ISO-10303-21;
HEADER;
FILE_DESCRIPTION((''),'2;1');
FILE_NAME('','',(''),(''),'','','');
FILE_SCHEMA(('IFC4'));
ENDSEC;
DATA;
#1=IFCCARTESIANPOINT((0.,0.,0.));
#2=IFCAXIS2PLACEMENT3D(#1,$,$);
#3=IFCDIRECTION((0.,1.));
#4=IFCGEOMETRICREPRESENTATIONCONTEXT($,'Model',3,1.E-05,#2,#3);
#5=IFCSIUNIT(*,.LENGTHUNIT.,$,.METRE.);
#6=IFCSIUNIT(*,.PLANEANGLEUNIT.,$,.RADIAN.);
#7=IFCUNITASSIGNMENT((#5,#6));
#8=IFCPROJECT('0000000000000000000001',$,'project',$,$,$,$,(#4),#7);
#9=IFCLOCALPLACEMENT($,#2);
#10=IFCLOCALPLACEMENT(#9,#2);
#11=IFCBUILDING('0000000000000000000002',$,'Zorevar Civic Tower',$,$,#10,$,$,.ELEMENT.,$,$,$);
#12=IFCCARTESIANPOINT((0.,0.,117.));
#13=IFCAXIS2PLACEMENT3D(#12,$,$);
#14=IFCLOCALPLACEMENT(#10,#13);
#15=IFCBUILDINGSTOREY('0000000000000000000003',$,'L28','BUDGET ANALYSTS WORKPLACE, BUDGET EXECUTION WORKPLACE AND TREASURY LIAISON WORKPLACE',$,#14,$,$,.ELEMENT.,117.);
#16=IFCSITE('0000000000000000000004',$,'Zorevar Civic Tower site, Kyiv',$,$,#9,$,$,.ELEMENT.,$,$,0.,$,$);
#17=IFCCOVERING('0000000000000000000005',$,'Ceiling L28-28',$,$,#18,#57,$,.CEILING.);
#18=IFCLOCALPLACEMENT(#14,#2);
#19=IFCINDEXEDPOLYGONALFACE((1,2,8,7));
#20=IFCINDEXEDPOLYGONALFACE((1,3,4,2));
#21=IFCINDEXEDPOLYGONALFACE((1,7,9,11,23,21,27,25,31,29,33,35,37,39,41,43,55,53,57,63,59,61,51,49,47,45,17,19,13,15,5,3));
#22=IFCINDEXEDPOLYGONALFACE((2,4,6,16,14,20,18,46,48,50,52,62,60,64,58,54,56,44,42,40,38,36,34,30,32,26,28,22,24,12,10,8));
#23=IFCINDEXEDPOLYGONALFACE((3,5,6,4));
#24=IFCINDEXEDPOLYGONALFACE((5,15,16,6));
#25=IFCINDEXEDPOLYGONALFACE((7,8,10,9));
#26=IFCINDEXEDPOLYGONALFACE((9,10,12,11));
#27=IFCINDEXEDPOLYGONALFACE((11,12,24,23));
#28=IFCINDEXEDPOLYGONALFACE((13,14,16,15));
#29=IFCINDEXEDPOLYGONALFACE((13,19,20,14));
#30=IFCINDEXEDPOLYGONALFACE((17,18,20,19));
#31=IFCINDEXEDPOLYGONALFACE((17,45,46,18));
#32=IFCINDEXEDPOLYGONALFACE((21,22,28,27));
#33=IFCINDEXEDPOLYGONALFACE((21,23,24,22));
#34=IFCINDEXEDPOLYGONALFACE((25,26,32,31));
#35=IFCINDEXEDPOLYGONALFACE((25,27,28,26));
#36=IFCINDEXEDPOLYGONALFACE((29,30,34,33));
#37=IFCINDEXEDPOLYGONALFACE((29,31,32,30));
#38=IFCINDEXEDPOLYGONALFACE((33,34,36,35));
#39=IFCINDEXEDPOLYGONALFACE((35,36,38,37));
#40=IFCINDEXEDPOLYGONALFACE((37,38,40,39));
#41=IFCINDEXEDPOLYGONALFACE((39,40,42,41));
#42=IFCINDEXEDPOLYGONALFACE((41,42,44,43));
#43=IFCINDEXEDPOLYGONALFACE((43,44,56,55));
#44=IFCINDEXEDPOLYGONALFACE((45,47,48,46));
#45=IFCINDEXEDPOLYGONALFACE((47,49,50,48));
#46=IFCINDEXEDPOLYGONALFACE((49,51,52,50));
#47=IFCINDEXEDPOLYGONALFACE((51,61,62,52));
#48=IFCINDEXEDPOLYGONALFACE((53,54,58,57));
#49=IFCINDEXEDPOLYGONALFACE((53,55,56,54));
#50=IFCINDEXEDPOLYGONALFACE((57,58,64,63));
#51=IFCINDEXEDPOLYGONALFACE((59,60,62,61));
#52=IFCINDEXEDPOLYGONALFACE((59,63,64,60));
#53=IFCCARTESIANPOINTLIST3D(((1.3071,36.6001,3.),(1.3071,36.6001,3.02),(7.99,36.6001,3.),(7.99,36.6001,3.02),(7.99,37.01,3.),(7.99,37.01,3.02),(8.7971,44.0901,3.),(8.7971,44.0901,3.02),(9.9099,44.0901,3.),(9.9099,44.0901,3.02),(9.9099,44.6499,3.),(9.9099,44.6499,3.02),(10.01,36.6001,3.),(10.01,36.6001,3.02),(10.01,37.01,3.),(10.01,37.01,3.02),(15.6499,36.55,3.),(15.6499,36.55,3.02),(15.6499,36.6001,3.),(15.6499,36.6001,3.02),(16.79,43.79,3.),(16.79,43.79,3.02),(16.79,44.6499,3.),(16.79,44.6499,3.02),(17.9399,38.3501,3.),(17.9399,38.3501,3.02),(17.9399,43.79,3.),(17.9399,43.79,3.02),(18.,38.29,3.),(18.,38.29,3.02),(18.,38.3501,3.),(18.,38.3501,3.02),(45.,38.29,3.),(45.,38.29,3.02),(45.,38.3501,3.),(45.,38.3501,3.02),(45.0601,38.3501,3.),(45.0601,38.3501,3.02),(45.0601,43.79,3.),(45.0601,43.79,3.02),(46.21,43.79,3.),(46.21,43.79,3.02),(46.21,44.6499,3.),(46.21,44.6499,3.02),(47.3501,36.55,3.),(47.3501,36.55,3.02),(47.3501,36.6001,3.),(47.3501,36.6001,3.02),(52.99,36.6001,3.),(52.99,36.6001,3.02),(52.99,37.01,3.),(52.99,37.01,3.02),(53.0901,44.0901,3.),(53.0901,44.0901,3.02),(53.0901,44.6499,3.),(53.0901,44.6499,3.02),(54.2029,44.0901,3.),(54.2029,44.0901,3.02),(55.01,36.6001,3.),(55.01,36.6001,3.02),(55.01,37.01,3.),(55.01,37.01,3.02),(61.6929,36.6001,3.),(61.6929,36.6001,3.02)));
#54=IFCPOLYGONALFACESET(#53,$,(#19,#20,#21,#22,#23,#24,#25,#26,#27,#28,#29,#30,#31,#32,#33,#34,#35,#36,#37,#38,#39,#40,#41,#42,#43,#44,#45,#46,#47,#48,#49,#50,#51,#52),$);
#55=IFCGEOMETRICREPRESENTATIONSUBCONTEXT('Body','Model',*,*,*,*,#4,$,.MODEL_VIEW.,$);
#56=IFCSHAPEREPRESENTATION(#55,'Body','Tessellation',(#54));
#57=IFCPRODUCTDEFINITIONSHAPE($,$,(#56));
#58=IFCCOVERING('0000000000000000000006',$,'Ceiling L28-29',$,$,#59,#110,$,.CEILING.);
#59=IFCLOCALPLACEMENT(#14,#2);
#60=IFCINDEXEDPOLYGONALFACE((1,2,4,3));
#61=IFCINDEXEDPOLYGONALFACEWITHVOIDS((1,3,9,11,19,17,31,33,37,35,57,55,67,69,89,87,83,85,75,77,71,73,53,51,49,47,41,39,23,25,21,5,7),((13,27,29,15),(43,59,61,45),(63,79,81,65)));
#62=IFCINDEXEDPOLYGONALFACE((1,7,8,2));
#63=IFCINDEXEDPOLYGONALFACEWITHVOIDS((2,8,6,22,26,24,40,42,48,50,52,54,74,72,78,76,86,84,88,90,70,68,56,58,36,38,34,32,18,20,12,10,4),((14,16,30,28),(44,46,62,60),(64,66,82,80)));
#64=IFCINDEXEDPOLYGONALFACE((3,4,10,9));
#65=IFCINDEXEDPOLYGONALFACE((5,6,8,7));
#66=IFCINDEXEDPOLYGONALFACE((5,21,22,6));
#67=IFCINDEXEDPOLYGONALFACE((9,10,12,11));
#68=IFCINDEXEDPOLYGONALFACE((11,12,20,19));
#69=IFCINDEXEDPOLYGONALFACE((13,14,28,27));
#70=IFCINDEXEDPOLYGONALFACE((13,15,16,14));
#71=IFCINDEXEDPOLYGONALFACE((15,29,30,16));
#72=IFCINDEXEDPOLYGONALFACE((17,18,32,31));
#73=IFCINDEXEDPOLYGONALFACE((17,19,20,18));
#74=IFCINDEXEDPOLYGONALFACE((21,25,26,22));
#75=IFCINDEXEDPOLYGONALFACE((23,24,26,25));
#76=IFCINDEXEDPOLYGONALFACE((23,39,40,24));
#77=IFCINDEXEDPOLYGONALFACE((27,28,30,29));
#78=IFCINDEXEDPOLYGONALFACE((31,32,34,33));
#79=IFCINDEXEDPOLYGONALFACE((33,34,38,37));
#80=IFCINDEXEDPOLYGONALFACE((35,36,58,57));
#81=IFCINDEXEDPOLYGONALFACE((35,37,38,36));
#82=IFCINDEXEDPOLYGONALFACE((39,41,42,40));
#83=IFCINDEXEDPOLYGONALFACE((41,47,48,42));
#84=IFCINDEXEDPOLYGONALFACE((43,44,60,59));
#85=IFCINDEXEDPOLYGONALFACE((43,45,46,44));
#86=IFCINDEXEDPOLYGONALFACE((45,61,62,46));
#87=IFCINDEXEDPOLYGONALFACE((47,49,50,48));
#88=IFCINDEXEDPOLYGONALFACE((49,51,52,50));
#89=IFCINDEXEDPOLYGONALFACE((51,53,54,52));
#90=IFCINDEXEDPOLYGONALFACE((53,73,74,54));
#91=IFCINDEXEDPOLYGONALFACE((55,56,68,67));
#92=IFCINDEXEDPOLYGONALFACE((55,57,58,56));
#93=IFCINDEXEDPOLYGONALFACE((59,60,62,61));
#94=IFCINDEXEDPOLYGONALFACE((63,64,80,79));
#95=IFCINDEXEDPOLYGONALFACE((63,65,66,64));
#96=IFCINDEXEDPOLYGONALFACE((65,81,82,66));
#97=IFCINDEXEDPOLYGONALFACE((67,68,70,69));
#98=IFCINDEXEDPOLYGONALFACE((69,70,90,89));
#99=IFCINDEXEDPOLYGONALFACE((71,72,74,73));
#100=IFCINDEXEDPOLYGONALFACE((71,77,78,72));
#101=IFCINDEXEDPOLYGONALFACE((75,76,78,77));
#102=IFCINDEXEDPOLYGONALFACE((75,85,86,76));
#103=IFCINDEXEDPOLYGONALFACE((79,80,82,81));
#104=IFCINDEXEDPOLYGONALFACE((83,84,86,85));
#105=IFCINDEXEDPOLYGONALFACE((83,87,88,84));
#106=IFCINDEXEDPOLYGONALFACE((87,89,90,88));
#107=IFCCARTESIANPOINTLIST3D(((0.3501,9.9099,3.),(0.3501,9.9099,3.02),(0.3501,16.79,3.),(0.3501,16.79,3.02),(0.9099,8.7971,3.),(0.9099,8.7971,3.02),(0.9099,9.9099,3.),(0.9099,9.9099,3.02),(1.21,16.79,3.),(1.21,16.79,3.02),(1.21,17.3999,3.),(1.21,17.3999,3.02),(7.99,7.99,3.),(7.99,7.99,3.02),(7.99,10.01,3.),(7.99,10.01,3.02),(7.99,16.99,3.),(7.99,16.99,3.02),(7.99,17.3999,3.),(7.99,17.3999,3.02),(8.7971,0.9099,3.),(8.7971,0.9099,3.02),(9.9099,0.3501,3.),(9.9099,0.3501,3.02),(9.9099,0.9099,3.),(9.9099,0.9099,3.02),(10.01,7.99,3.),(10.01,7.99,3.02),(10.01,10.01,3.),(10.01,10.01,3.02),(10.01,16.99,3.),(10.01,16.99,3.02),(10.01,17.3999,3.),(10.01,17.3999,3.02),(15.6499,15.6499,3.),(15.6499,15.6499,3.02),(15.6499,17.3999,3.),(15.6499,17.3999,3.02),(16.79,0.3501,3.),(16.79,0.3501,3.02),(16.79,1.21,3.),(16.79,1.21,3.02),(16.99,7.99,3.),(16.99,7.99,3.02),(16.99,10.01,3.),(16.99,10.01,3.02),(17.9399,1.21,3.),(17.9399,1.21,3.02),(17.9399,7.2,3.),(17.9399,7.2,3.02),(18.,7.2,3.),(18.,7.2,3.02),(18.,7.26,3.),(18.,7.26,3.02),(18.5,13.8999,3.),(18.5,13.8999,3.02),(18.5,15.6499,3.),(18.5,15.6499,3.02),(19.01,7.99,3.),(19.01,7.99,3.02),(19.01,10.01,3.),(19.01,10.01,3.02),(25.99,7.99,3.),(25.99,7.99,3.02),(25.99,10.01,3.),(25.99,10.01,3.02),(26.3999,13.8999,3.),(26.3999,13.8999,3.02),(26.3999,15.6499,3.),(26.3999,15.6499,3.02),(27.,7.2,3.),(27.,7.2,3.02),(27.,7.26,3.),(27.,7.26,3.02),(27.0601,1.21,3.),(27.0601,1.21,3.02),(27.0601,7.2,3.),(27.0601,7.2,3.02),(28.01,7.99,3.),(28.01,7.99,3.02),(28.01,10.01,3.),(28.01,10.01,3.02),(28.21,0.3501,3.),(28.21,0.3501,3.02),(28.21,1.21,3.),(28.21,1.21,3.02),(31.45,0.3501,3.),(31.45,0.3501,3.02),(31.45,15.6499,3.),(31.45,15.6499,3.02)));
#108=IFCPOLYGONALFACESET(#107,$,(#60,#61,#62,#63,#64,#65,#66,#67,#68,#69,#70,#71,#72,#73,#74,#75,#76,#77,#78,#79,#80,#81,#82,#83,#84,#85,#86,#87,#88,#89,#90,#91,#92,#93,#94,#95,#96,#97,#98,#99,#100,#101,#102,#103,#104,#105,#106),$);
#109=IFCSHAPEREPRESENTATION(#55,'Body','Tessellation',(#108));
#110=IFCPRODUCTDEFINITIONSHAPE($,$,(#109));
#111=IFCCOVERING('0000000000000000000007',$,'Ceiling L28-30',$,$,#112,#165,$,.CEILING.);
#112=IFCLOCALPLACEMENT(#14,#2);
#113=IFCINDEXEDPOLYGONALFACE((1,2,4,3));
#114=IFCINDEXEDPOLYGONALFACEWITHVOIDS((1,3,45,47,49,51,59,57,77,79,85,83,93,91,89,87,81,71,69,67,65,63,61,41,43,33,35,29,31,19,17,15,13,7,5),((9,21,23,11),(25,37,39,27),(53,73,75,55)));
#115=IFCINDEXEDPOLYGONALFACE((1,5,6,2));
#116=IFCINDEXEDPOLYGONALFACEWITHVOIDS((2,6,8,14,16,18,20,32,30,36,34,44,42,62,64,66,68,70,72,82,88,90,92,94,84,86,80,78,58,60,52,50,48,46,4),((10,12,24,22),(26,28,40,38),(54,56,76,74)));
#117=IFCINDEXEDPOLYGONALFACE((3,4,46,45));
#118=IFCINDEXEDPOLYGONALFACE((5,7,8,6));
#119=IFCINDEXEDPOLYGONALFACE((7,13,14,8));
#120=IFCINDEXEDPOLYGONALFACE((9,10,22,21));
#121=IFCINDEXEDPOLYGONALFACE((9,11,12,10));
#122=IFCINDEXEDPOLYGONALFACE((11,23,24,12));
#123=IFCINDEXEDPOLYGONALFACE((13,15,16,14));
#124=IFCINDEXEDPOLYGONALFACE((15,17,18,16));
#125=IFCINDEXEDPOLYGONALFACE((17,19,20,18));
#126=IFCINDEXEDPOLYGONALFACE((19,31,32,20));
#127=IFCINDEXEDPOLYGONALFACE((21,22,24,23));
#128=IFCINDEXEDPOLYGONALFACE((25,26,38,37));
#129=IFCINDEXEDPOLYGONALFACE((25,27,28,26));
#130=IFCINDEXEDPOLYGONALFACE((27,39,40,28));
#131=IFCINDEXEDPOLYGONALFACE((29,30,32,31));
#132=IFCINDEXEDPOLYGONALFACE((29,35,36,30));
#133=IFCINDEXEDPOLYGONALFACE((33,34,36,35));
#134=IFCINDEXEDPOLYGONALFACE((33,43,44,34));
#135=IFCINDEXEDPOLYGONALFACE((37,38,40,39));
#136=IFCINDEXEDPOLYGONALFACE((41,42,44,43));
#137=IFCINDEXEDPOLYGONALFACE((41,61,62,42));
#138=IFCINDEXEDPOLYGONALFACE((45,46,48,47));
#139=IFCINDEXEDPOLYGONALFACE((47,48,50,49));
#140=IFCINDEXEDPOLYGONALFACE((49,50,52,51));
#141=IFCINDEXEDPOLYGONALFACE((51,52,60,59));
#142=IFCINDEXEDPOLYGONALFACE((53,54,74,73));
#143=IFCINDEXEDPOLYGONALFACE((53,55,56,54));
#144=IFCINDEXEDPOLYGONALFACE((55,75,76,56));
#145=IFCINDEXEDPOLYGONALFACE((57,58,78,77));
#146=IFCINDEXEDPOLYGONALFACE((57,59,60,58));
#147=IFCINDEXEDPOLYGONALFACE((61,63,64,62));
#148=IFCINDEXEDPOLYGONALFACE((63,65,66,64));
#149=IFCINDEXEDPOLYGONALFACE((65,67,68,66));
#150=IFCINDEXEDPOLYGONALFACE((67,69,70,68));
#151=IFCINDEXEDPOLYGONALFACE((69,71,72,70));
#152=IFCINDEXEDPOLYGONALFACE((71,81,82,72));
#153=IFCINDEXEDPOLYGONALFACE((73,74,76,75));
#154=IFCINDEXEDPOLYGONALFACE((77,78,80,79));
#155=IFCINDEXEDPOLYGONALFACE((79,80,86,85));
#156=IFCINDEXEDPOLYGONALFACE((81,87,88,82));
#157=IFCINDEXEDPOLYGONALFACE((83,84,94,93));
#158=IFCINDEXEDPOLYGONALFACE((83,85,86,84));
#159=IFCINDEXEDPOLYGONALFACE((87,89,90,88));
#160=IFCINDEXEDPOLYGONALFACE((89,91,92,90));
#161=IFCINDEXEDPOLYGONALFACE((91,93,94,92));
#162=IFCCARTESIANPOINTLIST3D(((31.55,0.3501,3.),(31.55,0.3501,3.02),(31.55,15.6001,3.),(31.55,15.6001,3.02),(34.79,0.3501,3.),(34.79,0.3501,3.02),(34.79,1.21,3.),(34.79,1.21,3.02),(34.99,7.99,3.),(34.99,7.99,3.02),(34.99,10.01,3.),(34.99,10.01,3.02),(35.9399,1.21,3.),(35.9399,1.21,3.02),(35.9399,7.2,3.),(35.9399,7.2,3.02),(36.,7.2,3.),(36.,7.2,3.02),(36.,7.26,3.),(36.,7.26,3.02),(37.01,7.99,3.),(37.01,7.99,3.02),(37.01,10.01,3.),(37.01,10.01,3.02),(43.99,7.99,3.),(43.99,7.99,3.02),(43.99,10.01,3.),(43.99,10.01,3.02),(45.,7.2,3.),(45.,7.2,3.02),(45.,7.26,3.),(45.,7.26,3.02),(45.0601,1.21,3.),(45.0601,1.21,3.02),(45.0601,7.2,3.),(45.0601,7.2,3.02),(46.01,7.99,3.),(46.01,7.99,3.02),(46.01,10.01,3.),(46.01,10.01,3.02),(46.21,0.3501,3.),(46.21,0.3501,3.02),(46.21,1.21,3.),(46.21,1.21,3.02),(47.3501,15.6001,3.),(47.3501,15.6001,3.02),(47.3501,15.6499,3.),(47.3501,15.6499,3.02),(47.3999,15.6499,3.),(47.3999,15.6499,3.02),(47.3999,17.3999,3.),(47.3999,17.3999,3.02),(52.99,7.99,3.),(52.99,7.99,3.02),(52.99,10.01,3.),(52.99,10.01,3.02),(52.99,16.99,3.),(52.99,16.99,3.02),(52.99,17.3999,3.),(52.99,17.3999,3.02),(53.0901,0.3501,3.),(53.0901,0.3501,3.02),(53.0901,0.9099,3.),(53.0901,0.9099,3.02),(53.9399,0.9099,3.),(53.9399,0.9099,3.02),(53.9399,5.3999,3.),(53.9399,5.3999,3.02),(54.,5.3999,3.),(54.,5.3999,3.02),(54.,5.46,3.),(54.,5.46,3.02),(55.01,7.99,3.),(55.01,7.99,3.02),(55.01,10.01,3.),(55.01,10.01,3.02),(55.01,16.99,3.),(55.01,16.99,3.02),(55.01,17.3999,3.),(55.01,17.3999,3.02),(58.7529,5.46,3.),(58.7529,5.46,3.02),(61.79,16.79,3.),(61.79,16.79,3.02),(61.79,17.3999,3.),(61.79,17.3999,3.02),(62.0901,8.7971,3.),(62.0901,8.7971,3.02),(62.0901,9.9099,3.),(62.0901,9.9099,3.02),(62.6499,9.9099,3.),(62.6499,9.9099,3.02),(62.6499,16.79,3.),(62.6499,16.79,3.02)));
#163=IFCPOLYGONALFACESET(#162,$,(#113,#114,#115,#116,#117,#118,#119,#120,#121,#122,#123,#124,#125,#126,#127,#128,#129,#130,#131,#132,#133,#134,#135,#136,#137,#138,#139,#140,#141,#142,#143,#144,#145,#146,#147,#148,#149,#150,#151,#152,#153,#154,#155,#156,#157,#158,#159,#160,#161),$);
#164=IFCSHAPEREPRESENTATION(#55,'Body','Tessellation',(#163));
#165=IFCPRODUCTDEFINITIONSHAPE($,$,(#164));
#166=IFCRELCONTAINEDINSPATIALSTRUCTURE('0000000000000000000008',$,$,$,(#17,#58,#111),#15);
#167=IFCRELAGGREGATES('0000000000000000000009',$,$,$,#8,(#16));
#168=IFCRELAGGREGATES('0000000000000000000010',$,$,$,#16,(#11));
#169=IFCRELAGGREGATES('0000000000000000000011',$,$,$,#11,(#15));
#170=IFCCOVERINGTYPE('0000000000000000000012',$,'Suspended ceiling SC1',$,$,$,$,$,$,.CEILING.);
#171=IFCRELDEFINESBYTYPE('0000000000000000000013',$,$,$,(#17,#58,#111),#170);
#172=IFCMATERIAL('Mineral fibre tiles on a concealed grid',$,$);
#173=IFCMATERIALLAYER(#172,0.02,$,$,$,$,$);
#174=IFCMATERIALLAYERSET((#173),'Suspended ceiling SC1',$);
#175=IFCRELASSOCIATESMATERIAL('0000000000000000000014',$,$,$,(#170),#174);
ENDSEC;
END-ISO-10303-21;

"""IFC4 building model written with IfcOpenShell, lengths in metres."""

from ifc_helpers import new_model, si_unit, direction, frame, origin, place, context, subcontext, project, spatial, polyline, outline, extrude, material, layer, layer_set, type_object, element, save


model = new_model("IFC4")

# Units and contexts
model_context = context("Model", 3, precision=1e-05, world=origin(), true_north=direction((0.0, 1.0)))
body_context = subcontext(model_context, "Body", "Model", "MODEL_VIEW")
ifc_project = project(units=[si_unit("LENGTHUNIT", "METRE"), si_unit("PLANEANGLEUNIT", "RADIAN")], contexts=[model_context])

# Site, building, storey
site_placement = place(None, origin())
site = spatial("IfcSite", under=ifc_project, at=site_placement, Name="Zorevar Civic Tower site, Kyiv", CompositionType="ELEMENT", RefElevation=0.0)
building_placement = place(site_placement, origin())
building = spatial("IfcBuilding", under=site, at=building_placement, Name="Zorevar Civic Tower", CompositionType="ELEMENT")
storey_placement = place(building_placement, frame((0.0, 0.0, 117.0)))
storey = spatial("IfcBuildingStorey", under=building, at=storey_placement, Name="L28", Description="BUDGET ANALYSTS WORKPLACE, BUDGET EXECUTION WORKPLACE AND TREASURY LIAISON WORKPLACE", CompositionType="ELEMENT", Elevation=117.0)

# Coverings
ifc_material_1 = material(Name="Mineral fibre tiles on a concealed grid")
ifc_layer_1 = layer(ifc_material_1, 0.02)
ifc_layer_set_1 = layer_set([ifc_layer_1], Name="Suspended ceiling SC1")
covering_type_1 = type_object("IfcCoveringType", Name="Suspended ceiling SC1", PredefinedType="CEILING", material=ifc_layer_set_1)
covering_1_placement = place(storey_placement, frame((0.0, 0.0, 3.0)))
element("IfcCovering", 1, at=covering_1_placement, inside=storey, type_object=covering_type_1, Name="Ceiling L28-28", PredefinedType="CEILING", context=body_context, shape_type="SweptSolid", body=[
    extrude(outline(polyline([(16.79, 44.6499), (16.79, 43.79), (17.9399, 43.79), (17.9399, 38.3501), (18.0, 38.3501), (18.0, 38.29), (45.0, 38.29), (45.0, 38.3501), (45.0601, 38.3501), (45.0601, 43.79), (46.21, 43.79), (46.21, 44.6499), (53.0901, 44.6499), (53.0901, 44.0901), (54.2029, 44.0901), (61.6929, 36.6001), (55.01, 36.6001), (55.01, 37.01), (52.99, 37.01), (52.99, 36.6001), (47.3501, 36.6001), (47.3501, 36.55), (15.6499, 36.55), (15.6499, 36.6001), (10.01, 36.6001), (10.01, 37.01), (7.99, 37.01), (7.99, 36.6001), (1.3071, 36.6001), (8.7971, 44.0901), (9.9099, 44.0901), (9.9099, 44.6499), (16.79, 44.6499)])), origin(), (0.0, 0.0, 1.0), 0.02),
])
covering_2_placement = place(storey_placement, frame((0.0, 0.0, 3.0)))
element("IfcCovering", 2, at=covering_2_placement, inside=storey, type_object=covering_type_1, Name="Ceiling L28-29", PredefinedType="CEILING", context=body_context, shape_type="SweptSolid", body=[
    extrude(outline(polyline([(0.9099, 9.9099), (0.3501, 9.9099), (0.3501, 16.79), (1.21, 16.79), (1.21, 17.3999), (7.99, 17.3999), (7.99, 16.99), (10.01, 16.99), (10.01, 17.3999), (15.6499, 17.3999), (15.6499, 15.6499), (18.5, 15.6499), (18.5, 13.8999), (26.3999, 13.8999), (26.3999, 15.6499), (31.45, 15.6499), (31.45, 0.3501), (28.21, 0.3501), (28.21, 1.21), (27.0601, 1.21), (27.0601, 7.2), (27.0, 7.2), (27.0, 7.26), (18.0, 7.26), (18.0, 7.2), (17.9399, 7.2), (17.9399, 1.21), (16.79, 1.21), (16.79, 0.3501), (9.9099, 0.3501), (9.9099, 0.9099), (8.7971, 0.9099), (0.9099, 8.7971), (0.9099, 9.9099)]), holes=[polyline([(10.01, 7.99), (10.01, 10.01), (7.99, 10.01), (7.99, 7.99), (10.01, 7.99)]), polyline([(19.01, 10.01), (16.99, 10.01), (16.99, 7.99), (19.01, 7.99), (19.01, 10.01)]), polyline([(25.99, 7.99), (28.01, 7.99), (28.01, 10.01), (25.99, 10.01), (25.99, 7.99)])]), origin(), (0.0, 0.0, 1.0), 0.02),
])
covering_3_placement = place(storey_placement, frame((0.0, 0.0, 3.0)))
element("IfcCovering", 3, at=covering_3_placement, inside=storey, type_object=covering_type_1, Name="Ceiling L28-30", PredefinedType="CEILING", context=body_context, shape_type="SweptSolid", body=[
    extrude(outline(polyline([(62.0901, 9.9099), (62.0901, 8.7971), (58.7529, 5.46), (54.0, 5.46), (54.0, 5.3999), (53.9399, 5.3999), (53.9399, 0.9099), (53.0901, 0.9099), (53.0901, 0.3501), (46.21, 0.3501), (46.21, 1.21), (45.0601, 1.21), (45.0601, 7.2), (45.0, 7.2), (45.0, 7.26), (36.0, 7.26), (36.0, 7.2), (35.9399, 7.2), (35.9399, 1.21), (34.79, 1.21), (34.79, 0.3501), (31.55, 0.3501), (31.55, 15.6001), (47.3501, 15.6001), (47.3501, 15.6499), (47.3999, 15.6499), (47.3999, 17.3999), (52.99, 17.3999), (52.99, 16.99), (55.01, 16.99), (55.01, 17.3999), (61.79, 17.3999), (61.79, 16.79), (62.6499, 16.79), (62.6499, 9.9099), (62.0901, 9.9099)]), holes=[polyline([(37.01, 10.01), (34.99, 10.01), (34.99, 7.99), (37.01, 7.99), (37.01, 10.01)]), polyline([(43.99, 7.99), (46.01, 7.99), (46.01, 10.01), (43.99, 10.01), (43.99, 7.99)]), polyline([(55.01, 10.01), (52.99, 10.01), (52.99, 7.99), (55.01, 7.99), (55.01, 10.01)])]), origin(), (0.0, 0.0, 1.0), 0.02),
])

save(model, "model.ifc")
